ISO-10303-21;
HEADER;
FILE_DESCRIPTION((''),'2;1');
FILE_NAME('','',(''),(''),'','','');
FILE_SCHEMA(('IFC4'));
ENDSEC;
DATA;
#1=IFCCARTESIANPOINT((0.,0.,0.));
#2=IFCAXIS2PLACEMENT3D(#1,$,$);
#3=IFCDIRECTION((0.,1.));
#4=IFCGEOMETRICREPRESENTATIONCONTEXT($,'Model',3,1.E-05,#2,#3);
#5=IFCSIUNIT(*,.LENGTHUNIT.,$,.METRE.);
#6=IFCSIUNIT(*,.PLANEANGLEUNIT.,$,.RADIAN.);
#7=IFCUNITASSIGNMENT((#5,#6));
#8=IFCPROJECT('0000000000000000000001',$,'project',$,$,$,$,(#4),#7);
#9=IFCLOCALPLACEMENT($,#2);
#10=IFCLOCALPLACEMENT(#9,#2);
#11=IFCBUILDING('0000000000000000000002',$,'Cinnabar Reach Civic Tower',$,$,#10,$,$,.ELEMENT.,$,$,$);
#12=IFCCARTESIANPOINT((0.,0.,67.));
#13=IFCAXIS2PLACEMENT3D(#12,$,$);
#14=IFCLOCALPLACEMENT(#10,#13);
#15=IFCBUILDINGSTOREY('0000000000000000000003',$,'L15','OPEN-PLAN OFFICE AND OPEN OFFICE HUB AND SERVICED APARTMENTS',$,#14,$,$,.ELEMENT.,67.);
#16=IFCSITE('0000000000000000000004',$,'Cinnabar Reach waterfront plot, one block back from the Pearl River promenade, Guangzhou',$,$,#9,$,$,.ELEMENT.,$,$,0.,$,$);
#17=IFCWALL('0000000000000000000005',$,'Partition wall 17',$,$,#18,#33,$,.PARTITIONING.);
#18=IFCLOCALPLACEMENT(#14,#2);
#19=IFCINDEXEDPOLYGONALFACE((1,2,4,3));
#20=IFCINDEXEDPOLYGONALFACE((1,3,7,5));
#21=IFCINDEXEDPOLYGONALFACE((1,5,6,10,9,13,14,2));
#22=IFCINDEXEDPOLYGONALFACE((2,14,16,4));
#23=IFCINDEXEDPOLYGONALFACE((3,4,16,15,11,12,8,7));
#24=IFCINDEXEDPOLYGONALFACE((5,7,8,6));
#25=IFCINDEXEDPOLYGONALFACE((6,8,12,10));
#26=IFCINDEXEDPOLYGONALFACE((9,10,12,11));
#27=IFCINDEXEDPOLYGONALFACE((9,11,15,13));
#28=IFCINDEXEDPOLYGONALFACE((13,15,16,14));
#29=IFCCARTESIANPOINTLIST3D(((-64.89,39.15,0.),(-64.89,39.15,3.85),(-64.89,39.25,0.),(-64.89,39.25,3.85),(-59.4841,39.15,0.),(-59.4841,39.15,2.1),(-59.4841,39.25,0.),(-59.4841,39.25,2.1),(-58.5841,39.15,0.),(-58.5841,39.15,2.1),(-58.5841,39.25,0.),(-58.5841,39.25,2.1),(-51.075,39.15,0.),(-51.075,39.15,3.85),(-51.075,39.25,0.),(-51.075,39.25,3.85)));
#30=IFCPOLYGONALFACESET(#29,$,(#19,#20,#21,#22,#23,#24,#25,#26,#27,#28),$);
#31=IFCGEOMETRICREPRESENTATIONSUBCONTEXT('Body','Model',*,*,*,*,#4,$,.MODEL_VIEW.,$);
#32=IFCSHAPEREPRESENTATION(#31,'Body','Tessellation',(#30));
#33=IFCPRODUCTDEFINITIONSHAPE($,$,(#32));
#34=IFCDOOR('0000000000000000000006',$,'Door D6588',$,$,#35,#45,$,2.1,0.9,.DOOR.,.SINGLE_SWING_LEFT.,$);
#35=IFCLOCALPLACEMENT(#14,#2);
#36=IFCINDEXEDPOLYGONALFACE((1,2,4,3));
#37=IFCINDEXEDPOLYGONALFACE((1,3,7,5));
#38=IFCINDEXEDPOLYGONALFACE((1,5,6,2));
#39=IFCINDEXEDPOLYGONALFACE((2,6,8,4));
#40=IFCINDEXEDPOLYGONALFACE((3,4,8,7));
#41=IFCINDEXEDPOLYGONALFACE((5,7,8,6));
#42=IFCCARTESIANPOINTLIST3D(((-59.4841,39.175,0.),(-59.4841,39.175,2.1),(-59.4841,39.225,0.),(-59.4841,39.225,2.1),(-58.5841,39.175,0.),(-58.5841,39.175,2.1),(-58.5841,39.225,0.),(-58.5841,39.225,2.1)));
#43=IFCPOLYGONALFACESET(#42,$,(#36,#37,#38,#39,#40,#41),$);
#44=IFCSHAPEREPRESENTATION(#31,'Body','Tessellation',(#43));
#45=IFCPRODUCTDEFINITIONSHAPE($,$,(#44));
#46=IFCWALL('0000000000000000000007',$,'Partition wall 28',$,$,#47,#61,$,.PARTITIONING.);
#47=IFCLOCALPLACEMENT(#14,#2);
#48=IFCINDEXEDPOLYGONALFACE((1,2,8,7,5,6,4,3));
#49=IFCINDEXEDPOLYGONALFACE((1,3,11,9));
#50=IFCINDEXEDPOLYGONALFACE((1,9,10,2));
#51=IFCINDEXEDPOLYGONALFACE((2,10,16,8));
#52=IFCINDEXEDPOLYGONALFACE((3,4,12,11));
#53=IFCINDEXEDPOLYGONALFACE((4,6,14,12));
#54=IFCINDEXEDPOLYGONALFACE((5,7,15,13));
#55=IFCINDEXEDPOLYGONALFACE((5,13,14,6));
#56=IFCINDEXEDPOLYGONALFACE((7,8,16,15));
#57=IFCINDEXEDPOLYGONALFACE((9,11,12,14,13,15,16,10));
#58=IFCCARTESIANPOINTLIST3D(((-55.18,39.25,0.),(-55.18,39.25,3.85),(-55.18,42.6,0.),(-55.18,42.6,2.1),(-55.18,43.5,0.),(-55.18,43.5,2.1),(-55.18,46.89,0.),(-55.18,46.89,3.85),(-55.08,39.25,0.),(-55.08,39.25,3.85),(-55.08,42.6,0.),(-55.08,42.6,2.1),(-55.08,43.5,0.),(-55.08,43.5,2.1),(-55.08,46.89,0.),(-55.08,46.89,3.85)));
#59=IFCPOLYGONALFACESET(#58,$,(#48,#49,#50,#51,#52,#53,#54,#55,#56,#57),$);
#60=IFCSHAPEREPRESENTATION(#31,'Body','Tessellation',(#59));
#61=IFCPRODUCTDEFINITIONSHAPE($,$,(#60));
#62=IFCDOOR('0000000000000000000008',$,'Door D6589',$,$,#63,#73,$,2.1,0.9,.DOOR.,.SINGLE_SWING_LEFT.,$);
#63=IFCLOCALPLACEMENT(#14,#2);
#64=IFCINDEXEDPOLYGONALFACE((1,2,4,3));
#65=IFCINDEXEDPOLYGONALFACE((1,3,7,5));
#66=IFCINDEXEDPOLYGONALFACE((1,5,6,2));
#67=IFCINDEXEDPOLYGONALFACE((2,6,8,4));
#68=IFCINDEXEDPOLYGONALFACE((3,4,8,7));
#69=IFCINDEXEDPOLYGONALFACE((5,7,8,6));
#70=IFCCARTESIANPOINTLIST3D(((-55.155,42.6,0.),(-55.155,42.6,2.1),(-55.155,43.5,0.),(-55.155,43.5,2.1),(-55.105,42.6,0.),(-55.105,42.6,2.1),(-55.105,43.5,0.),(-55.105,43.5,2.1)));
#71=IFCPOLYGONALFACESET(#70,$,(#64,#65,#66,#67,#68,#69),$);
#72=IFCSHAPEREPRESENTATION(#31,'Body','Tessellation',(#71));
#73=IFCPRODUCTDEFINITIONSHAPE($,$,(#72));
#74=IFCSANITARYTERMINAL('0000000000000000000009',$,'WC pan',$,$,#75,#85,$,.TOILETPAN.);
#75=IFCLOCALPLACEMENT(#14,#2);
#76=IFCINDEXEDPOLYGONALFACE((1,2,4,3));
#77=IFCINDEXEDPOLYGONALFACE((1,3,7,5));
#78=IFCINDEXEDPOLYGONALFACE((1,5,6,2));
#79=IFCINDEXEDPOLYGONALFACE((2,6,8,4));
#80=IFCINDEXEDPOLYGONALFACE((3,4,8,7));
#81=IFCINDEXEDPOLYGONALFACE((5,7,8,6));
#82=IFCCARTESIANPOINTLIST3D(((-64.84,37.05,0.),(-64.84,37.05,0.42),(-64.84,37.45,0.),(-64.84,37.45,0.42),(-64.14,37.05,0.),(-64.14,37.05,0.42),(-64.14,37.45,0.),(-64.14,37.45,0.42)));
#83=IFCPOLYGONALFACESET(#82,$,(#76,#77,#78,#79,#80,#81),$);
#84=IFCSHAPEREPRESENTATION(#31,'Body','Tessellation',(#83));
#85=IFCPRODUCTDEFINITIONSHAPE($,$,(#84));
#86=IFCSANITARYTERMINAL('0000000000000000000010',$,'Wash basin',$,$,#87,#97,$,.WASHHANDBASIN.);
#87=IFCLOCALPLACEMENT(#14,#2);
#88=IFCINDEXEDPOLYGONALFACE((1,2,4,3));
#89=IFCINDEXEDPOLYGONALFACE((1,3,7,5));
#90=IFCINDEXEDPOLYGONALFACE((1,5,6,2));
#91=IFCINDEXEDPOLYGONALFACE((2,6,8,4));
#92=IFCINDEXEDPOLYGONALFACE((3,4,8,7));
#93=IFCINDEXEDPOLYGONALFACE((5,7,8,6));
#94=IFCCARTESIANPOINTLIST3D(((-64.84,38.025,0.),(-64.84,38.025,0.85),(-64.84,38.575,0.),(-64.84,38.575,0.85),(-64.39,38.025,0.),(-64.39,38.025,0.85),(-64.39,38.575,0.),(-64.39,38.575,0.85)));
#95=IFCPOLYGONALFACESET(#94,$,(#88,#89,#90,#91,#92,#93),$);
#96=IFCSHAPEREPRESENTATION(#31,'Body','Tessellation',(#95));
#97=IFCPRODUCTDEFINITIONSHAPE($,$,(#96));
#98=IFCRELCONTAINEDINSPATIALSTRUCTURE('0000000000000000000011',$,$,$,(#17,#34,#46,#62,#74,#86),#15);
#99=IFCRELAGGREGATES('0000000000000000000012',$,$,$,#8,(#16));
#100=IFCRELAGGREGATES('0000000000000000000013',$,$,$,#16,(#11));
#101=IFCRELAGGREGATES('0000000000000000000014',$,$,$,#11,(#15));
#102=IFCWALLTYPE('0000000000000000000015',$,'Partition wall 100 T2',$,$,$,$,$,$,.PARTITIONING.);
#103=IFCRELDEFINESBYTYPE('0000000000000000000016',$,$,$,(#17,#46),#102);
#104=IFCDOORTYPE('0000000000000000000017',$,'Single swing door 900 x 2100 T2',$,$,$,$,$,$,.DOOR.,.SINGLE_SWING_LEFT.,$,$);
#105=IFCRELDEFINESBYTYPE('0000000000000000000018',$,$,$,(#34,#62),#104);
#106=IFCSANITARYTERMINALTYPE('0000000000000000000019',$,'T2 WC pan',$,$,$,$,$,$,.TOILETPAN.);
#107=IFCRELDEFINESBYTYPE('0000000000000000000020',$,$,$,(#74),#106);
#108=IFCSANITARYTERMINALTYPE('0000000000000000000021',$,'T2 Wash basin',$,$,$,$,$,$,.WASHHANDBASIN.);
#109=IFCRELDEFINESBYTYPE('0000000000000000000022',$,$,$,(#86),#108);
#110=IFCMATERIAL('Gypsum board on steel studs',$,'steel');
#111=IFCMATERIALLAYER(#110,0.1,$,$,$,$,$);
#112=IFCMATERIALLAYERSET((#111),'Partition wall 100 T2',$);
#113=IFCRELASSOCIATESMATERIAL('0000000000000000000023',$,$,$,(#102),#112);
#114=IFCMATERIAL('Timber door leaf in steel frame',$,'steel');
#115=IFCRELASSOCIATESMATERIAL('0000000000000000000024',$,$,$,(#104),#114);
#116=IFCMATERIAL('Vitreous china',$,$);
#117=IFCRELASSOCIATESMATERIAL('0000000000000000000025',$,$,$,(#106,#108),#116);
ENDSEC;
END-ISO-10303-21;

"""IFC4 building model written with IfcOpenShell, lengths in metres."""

from ifc_helpers import new_model, si_unit, direction, frame, frame_2d, origin, origin_2d, place, context, subcontext, project, spatial, rectangle, extrude, material, layer, layer_set, type_object, element, fill, save


model = new_model("IFC4")

# Units and contexts
model_context = context("Model", 3, precision=1e-05, world=origin(), true_north=direction((0.0, 1.0)))
body_context = subcontext(model_context, "Body", "Model", "MODEL_VIEW")
ifc_project = project(units=[si_unit("LENGTHUNIT", "METRE"), si_unit("PLANEANGLEUNIT", "RADIAN")], contexts=[model_context])

# Site, building, storey
site_placement = place(None, origin())
site = spatial("IfcSite", under=ifc_project, at=site_placement, Name="Cinnabar Reach waterfront plot, one block back from the Pearl River promenade, Guangzhou", CompositionType="ELEMENT", RefElevation=0.0)
building_placement = place(site_placement, origin())
building = spatial("IfcBuilding", under=site, at=building_placement, Name="Cinnabar Reach Civic Tower", CompositionType="ELEMENT")
storey_placement = place(building_placement, frame((0.0, 0.0, 67.0)))
storey = spatial("IfcBuildingStorey", under=building, at=storey_placement, Name="L15", Description="OPEN-PLAN OFFICE AND OPEN OFFICE HUB AND SERVICED APARTMENTS", CompositionType="ELEMENT", Elevation=67.0)

# Walls, openings, doors
ifc_material_1 = material(Name="Gypsum board on steel studs", Category="steel")
ifc_layer_1 = layer(ifc_material_1, 0.1)
ifc_layer_set_1 = layer_set([ifc_layer_1], Name="Partition wall 100 T2")
wall_type_1 = type_object("IfcWallType", Name="Partition wall 100 T2", PredefinedType="PARTITIONING", material=ifc_layer_set_1)
wall_1_placement = place(storey_placement, frame((-64.89, 39.2, 0.0), z_axis=(0.0, 0.0, 1.0), x_axis=(1.0, 0.0, 0.0)))
wall_1 = element("IfcWall", 1, at=wall_1_placement, inside=storey, type_object=wall_type_1, Name="Partition wall 17", PredefinedType="PARTITIONING", context=body_context, shape_type="SweptSolid", body=[
    extrude(rectangle(XDim=13.815, YDim=0.1, at=frame_2d((6.9075, 0.0))), origin(), (0.0, 0.0, 1.0), 3.85),
])
opening_1_placement = place(wall_1_placement, frame((5.4059, 0.0, 0.0)))
opening_1 = element("IfcOpeningElement", 2, at=opening_1_placement, cuts=wall_1, PredefinedType="OPENING", context=body_context, shape_type="SweptSolid", body=[
    extrude(rectangle(XDim=0.9, YDim=2.1, at=frame_2d((0.45, 1.05))), frame((0.0, 0.06, 0.0), z_axis=(0.0, -1.0, 0.0), x_axis=(1.0, 0.0, 0.0)), (0.0, 0.0, 1.0), 0.12),
])
ifc_material_2 = material(Name="Timber door leaf in steel frame", Category="steel")
door_type = type_object("IfcDoorType", Name="Single swing door 900 x 2100 T2", OperationType="SINGLE_SWING_LEFT", PredefinedType="DOOR", material=ifc_material_2)
door_1_placement = place(opening_1_placement, frame((0.9, 0.0, 0.0), z_axis=(0.0, 0.0, 1.0), x_axis=(-1.0, 0.0, 0.0)))
door_1 = element("IfcDoor", 3, at=door_1_placement, inside=storey, type_object=door_type, Name="Door D6588", OperationType="SINGLE_SWING_LEFT", OverallHeight=2.1, OverallWidth=0.9, PredefinedType="DOOR", context=body_context, shape_type="SweptSolid", body=[
    extrude(rectangle(XDim=0.9, YDim=2.1, at=frame_2d((0.45, 1.05))), frame((0.0, 0.025, 0.0), z_axis=(0.0, -1.0, 0.0), x_axis=(1.0, 0.0, 0.0)), (0.0, 0.0, 1.0), 0.05),
])
fill(opening_1, door_1)
wall_2_placement = place(storey_placement, frame((-55.13, 39.25, 0.0), z_axis=(0.0, 0.0, 1.0), x_axis=(0.0, 1.0, 0.0)))
wall_2 = element("IfcWall", 4, at=wall_2_placement, inside=storey, type_object=wall_type_1, Name="Partition wall 28", PredefinedType="PARTITIONING", context=body_context, shape_type="SweptSolid", body=[
    extrude(rectangle(XDim=7.64, YDim=0.1, at=frame_2d((3.82, 0.0))), origin(), (0.0, 0.0, 1.0), 3.85),
])
opening_2_placement = place(wall_2_placement, frame((3.35, 0.0, 0.0)))
opening_2 = element("IfcOpeningElement", 5, at=opening_2_placement, cuts=wall_2, PredefinedType="OPENING", context=body_context, shape_type="SweptSolid", body=[
    extrude(rectangle(XDim=0.9, YDim=2.1, at=frame_2d((0.45, 1.05))), frame((0.0, 0.06, 0.0), z_axis=(0.0, -1.0, 0.0), x_axis=(1.0, 0.0, 0.0)), (0.0, 0.0, 1.0), 0.12),
])
door_2_placement = place(opening_2_placement, frame((0.9, 0.0, 0.0), z_axis=(0.0, 0.0, 1.0), x_axis=(-1.0, 0.0, 0.0)))
door_2 = element("IfcDoor", 6, at=door_2_placement, inside=storey, type_object=door_type, Name="Door D6589", OperationType="SINGLE_SWING_LEFT", OverallHeight=2.1, OverallWidth=0.9, PredefinedType="DOOR", context=body_context, shape_type="SweptSolid", body=[
    extrude(rectangle(XDim=0.9, YDim=2.1, at=frame_2d((0.45, 1.05))), frame((0.0, 0.025, 0.0), z_axis=(0.0, -1.0, 0.0), x_axis=(1.0, 0.0, 0.0)), (0.0, 0.0, 1.0), 0.05),
])
fill(opening_2, door_2)

# Sanitary terminals
ifc_material_3 = material(Name="Vitreous china")
sanitary_terminal_type_1 = type_object("IfcSanitaryTerminalType", Name="T2 WC pan", PredefinedType="TOILETPAN", material=ifc_material_3)
sanitary_terminal_1_placement = place(storey_placement, frame((-64.49, 37.25, 0.0), z_axis=(0.0, 0.0, 1.0), x_axis=(1.0, 0.0, 0.0)))
element("IfcSanitaryTerminal", 7, at=sanitary_terminal_1_placement, inside=storey, type_object=sanitary_terminal_type_1, Name="WC pan", PredefinedType="TOILETPAN", context=body_context, shape_type="SweptSolid", body=[
    extrude(rectangle(XDim=0.7, YDim=0.4, at=origin_2d()), origin(), (0.0, 0.0, 1.0), 0.42),
])
sanitary_terminal_type_2 = type_object("IfcSanitaryTerminalType", Name="T2 Wash basin", PredefinedType="WASHHANDBASIN", material=ifc_material_3)
sanitary_terminal_2_placement = place(storey_placement, frame((-64.615, 38.3, 0.0), z_axis=(0.0, 0.0, 1.0), x_axis=(1.0, 0.0, 0.0)))
element("IfcSanitaryTerminal", 8, at=sanitary_terminal_2_placement, inside=storey, type_object=sanitary_terminal_type_2, Name="Wash basin", PredefinedType="WASHHANDBASIN", context=body_context, shape_type="SweptSolid", body=[
    extrude(rectangle(XDim=0.45, YDim=0.55, at=origin_2d()), origin(), (0.0, 0.0, 1.0), 0.85),
])

save(model, "model.ifc")
